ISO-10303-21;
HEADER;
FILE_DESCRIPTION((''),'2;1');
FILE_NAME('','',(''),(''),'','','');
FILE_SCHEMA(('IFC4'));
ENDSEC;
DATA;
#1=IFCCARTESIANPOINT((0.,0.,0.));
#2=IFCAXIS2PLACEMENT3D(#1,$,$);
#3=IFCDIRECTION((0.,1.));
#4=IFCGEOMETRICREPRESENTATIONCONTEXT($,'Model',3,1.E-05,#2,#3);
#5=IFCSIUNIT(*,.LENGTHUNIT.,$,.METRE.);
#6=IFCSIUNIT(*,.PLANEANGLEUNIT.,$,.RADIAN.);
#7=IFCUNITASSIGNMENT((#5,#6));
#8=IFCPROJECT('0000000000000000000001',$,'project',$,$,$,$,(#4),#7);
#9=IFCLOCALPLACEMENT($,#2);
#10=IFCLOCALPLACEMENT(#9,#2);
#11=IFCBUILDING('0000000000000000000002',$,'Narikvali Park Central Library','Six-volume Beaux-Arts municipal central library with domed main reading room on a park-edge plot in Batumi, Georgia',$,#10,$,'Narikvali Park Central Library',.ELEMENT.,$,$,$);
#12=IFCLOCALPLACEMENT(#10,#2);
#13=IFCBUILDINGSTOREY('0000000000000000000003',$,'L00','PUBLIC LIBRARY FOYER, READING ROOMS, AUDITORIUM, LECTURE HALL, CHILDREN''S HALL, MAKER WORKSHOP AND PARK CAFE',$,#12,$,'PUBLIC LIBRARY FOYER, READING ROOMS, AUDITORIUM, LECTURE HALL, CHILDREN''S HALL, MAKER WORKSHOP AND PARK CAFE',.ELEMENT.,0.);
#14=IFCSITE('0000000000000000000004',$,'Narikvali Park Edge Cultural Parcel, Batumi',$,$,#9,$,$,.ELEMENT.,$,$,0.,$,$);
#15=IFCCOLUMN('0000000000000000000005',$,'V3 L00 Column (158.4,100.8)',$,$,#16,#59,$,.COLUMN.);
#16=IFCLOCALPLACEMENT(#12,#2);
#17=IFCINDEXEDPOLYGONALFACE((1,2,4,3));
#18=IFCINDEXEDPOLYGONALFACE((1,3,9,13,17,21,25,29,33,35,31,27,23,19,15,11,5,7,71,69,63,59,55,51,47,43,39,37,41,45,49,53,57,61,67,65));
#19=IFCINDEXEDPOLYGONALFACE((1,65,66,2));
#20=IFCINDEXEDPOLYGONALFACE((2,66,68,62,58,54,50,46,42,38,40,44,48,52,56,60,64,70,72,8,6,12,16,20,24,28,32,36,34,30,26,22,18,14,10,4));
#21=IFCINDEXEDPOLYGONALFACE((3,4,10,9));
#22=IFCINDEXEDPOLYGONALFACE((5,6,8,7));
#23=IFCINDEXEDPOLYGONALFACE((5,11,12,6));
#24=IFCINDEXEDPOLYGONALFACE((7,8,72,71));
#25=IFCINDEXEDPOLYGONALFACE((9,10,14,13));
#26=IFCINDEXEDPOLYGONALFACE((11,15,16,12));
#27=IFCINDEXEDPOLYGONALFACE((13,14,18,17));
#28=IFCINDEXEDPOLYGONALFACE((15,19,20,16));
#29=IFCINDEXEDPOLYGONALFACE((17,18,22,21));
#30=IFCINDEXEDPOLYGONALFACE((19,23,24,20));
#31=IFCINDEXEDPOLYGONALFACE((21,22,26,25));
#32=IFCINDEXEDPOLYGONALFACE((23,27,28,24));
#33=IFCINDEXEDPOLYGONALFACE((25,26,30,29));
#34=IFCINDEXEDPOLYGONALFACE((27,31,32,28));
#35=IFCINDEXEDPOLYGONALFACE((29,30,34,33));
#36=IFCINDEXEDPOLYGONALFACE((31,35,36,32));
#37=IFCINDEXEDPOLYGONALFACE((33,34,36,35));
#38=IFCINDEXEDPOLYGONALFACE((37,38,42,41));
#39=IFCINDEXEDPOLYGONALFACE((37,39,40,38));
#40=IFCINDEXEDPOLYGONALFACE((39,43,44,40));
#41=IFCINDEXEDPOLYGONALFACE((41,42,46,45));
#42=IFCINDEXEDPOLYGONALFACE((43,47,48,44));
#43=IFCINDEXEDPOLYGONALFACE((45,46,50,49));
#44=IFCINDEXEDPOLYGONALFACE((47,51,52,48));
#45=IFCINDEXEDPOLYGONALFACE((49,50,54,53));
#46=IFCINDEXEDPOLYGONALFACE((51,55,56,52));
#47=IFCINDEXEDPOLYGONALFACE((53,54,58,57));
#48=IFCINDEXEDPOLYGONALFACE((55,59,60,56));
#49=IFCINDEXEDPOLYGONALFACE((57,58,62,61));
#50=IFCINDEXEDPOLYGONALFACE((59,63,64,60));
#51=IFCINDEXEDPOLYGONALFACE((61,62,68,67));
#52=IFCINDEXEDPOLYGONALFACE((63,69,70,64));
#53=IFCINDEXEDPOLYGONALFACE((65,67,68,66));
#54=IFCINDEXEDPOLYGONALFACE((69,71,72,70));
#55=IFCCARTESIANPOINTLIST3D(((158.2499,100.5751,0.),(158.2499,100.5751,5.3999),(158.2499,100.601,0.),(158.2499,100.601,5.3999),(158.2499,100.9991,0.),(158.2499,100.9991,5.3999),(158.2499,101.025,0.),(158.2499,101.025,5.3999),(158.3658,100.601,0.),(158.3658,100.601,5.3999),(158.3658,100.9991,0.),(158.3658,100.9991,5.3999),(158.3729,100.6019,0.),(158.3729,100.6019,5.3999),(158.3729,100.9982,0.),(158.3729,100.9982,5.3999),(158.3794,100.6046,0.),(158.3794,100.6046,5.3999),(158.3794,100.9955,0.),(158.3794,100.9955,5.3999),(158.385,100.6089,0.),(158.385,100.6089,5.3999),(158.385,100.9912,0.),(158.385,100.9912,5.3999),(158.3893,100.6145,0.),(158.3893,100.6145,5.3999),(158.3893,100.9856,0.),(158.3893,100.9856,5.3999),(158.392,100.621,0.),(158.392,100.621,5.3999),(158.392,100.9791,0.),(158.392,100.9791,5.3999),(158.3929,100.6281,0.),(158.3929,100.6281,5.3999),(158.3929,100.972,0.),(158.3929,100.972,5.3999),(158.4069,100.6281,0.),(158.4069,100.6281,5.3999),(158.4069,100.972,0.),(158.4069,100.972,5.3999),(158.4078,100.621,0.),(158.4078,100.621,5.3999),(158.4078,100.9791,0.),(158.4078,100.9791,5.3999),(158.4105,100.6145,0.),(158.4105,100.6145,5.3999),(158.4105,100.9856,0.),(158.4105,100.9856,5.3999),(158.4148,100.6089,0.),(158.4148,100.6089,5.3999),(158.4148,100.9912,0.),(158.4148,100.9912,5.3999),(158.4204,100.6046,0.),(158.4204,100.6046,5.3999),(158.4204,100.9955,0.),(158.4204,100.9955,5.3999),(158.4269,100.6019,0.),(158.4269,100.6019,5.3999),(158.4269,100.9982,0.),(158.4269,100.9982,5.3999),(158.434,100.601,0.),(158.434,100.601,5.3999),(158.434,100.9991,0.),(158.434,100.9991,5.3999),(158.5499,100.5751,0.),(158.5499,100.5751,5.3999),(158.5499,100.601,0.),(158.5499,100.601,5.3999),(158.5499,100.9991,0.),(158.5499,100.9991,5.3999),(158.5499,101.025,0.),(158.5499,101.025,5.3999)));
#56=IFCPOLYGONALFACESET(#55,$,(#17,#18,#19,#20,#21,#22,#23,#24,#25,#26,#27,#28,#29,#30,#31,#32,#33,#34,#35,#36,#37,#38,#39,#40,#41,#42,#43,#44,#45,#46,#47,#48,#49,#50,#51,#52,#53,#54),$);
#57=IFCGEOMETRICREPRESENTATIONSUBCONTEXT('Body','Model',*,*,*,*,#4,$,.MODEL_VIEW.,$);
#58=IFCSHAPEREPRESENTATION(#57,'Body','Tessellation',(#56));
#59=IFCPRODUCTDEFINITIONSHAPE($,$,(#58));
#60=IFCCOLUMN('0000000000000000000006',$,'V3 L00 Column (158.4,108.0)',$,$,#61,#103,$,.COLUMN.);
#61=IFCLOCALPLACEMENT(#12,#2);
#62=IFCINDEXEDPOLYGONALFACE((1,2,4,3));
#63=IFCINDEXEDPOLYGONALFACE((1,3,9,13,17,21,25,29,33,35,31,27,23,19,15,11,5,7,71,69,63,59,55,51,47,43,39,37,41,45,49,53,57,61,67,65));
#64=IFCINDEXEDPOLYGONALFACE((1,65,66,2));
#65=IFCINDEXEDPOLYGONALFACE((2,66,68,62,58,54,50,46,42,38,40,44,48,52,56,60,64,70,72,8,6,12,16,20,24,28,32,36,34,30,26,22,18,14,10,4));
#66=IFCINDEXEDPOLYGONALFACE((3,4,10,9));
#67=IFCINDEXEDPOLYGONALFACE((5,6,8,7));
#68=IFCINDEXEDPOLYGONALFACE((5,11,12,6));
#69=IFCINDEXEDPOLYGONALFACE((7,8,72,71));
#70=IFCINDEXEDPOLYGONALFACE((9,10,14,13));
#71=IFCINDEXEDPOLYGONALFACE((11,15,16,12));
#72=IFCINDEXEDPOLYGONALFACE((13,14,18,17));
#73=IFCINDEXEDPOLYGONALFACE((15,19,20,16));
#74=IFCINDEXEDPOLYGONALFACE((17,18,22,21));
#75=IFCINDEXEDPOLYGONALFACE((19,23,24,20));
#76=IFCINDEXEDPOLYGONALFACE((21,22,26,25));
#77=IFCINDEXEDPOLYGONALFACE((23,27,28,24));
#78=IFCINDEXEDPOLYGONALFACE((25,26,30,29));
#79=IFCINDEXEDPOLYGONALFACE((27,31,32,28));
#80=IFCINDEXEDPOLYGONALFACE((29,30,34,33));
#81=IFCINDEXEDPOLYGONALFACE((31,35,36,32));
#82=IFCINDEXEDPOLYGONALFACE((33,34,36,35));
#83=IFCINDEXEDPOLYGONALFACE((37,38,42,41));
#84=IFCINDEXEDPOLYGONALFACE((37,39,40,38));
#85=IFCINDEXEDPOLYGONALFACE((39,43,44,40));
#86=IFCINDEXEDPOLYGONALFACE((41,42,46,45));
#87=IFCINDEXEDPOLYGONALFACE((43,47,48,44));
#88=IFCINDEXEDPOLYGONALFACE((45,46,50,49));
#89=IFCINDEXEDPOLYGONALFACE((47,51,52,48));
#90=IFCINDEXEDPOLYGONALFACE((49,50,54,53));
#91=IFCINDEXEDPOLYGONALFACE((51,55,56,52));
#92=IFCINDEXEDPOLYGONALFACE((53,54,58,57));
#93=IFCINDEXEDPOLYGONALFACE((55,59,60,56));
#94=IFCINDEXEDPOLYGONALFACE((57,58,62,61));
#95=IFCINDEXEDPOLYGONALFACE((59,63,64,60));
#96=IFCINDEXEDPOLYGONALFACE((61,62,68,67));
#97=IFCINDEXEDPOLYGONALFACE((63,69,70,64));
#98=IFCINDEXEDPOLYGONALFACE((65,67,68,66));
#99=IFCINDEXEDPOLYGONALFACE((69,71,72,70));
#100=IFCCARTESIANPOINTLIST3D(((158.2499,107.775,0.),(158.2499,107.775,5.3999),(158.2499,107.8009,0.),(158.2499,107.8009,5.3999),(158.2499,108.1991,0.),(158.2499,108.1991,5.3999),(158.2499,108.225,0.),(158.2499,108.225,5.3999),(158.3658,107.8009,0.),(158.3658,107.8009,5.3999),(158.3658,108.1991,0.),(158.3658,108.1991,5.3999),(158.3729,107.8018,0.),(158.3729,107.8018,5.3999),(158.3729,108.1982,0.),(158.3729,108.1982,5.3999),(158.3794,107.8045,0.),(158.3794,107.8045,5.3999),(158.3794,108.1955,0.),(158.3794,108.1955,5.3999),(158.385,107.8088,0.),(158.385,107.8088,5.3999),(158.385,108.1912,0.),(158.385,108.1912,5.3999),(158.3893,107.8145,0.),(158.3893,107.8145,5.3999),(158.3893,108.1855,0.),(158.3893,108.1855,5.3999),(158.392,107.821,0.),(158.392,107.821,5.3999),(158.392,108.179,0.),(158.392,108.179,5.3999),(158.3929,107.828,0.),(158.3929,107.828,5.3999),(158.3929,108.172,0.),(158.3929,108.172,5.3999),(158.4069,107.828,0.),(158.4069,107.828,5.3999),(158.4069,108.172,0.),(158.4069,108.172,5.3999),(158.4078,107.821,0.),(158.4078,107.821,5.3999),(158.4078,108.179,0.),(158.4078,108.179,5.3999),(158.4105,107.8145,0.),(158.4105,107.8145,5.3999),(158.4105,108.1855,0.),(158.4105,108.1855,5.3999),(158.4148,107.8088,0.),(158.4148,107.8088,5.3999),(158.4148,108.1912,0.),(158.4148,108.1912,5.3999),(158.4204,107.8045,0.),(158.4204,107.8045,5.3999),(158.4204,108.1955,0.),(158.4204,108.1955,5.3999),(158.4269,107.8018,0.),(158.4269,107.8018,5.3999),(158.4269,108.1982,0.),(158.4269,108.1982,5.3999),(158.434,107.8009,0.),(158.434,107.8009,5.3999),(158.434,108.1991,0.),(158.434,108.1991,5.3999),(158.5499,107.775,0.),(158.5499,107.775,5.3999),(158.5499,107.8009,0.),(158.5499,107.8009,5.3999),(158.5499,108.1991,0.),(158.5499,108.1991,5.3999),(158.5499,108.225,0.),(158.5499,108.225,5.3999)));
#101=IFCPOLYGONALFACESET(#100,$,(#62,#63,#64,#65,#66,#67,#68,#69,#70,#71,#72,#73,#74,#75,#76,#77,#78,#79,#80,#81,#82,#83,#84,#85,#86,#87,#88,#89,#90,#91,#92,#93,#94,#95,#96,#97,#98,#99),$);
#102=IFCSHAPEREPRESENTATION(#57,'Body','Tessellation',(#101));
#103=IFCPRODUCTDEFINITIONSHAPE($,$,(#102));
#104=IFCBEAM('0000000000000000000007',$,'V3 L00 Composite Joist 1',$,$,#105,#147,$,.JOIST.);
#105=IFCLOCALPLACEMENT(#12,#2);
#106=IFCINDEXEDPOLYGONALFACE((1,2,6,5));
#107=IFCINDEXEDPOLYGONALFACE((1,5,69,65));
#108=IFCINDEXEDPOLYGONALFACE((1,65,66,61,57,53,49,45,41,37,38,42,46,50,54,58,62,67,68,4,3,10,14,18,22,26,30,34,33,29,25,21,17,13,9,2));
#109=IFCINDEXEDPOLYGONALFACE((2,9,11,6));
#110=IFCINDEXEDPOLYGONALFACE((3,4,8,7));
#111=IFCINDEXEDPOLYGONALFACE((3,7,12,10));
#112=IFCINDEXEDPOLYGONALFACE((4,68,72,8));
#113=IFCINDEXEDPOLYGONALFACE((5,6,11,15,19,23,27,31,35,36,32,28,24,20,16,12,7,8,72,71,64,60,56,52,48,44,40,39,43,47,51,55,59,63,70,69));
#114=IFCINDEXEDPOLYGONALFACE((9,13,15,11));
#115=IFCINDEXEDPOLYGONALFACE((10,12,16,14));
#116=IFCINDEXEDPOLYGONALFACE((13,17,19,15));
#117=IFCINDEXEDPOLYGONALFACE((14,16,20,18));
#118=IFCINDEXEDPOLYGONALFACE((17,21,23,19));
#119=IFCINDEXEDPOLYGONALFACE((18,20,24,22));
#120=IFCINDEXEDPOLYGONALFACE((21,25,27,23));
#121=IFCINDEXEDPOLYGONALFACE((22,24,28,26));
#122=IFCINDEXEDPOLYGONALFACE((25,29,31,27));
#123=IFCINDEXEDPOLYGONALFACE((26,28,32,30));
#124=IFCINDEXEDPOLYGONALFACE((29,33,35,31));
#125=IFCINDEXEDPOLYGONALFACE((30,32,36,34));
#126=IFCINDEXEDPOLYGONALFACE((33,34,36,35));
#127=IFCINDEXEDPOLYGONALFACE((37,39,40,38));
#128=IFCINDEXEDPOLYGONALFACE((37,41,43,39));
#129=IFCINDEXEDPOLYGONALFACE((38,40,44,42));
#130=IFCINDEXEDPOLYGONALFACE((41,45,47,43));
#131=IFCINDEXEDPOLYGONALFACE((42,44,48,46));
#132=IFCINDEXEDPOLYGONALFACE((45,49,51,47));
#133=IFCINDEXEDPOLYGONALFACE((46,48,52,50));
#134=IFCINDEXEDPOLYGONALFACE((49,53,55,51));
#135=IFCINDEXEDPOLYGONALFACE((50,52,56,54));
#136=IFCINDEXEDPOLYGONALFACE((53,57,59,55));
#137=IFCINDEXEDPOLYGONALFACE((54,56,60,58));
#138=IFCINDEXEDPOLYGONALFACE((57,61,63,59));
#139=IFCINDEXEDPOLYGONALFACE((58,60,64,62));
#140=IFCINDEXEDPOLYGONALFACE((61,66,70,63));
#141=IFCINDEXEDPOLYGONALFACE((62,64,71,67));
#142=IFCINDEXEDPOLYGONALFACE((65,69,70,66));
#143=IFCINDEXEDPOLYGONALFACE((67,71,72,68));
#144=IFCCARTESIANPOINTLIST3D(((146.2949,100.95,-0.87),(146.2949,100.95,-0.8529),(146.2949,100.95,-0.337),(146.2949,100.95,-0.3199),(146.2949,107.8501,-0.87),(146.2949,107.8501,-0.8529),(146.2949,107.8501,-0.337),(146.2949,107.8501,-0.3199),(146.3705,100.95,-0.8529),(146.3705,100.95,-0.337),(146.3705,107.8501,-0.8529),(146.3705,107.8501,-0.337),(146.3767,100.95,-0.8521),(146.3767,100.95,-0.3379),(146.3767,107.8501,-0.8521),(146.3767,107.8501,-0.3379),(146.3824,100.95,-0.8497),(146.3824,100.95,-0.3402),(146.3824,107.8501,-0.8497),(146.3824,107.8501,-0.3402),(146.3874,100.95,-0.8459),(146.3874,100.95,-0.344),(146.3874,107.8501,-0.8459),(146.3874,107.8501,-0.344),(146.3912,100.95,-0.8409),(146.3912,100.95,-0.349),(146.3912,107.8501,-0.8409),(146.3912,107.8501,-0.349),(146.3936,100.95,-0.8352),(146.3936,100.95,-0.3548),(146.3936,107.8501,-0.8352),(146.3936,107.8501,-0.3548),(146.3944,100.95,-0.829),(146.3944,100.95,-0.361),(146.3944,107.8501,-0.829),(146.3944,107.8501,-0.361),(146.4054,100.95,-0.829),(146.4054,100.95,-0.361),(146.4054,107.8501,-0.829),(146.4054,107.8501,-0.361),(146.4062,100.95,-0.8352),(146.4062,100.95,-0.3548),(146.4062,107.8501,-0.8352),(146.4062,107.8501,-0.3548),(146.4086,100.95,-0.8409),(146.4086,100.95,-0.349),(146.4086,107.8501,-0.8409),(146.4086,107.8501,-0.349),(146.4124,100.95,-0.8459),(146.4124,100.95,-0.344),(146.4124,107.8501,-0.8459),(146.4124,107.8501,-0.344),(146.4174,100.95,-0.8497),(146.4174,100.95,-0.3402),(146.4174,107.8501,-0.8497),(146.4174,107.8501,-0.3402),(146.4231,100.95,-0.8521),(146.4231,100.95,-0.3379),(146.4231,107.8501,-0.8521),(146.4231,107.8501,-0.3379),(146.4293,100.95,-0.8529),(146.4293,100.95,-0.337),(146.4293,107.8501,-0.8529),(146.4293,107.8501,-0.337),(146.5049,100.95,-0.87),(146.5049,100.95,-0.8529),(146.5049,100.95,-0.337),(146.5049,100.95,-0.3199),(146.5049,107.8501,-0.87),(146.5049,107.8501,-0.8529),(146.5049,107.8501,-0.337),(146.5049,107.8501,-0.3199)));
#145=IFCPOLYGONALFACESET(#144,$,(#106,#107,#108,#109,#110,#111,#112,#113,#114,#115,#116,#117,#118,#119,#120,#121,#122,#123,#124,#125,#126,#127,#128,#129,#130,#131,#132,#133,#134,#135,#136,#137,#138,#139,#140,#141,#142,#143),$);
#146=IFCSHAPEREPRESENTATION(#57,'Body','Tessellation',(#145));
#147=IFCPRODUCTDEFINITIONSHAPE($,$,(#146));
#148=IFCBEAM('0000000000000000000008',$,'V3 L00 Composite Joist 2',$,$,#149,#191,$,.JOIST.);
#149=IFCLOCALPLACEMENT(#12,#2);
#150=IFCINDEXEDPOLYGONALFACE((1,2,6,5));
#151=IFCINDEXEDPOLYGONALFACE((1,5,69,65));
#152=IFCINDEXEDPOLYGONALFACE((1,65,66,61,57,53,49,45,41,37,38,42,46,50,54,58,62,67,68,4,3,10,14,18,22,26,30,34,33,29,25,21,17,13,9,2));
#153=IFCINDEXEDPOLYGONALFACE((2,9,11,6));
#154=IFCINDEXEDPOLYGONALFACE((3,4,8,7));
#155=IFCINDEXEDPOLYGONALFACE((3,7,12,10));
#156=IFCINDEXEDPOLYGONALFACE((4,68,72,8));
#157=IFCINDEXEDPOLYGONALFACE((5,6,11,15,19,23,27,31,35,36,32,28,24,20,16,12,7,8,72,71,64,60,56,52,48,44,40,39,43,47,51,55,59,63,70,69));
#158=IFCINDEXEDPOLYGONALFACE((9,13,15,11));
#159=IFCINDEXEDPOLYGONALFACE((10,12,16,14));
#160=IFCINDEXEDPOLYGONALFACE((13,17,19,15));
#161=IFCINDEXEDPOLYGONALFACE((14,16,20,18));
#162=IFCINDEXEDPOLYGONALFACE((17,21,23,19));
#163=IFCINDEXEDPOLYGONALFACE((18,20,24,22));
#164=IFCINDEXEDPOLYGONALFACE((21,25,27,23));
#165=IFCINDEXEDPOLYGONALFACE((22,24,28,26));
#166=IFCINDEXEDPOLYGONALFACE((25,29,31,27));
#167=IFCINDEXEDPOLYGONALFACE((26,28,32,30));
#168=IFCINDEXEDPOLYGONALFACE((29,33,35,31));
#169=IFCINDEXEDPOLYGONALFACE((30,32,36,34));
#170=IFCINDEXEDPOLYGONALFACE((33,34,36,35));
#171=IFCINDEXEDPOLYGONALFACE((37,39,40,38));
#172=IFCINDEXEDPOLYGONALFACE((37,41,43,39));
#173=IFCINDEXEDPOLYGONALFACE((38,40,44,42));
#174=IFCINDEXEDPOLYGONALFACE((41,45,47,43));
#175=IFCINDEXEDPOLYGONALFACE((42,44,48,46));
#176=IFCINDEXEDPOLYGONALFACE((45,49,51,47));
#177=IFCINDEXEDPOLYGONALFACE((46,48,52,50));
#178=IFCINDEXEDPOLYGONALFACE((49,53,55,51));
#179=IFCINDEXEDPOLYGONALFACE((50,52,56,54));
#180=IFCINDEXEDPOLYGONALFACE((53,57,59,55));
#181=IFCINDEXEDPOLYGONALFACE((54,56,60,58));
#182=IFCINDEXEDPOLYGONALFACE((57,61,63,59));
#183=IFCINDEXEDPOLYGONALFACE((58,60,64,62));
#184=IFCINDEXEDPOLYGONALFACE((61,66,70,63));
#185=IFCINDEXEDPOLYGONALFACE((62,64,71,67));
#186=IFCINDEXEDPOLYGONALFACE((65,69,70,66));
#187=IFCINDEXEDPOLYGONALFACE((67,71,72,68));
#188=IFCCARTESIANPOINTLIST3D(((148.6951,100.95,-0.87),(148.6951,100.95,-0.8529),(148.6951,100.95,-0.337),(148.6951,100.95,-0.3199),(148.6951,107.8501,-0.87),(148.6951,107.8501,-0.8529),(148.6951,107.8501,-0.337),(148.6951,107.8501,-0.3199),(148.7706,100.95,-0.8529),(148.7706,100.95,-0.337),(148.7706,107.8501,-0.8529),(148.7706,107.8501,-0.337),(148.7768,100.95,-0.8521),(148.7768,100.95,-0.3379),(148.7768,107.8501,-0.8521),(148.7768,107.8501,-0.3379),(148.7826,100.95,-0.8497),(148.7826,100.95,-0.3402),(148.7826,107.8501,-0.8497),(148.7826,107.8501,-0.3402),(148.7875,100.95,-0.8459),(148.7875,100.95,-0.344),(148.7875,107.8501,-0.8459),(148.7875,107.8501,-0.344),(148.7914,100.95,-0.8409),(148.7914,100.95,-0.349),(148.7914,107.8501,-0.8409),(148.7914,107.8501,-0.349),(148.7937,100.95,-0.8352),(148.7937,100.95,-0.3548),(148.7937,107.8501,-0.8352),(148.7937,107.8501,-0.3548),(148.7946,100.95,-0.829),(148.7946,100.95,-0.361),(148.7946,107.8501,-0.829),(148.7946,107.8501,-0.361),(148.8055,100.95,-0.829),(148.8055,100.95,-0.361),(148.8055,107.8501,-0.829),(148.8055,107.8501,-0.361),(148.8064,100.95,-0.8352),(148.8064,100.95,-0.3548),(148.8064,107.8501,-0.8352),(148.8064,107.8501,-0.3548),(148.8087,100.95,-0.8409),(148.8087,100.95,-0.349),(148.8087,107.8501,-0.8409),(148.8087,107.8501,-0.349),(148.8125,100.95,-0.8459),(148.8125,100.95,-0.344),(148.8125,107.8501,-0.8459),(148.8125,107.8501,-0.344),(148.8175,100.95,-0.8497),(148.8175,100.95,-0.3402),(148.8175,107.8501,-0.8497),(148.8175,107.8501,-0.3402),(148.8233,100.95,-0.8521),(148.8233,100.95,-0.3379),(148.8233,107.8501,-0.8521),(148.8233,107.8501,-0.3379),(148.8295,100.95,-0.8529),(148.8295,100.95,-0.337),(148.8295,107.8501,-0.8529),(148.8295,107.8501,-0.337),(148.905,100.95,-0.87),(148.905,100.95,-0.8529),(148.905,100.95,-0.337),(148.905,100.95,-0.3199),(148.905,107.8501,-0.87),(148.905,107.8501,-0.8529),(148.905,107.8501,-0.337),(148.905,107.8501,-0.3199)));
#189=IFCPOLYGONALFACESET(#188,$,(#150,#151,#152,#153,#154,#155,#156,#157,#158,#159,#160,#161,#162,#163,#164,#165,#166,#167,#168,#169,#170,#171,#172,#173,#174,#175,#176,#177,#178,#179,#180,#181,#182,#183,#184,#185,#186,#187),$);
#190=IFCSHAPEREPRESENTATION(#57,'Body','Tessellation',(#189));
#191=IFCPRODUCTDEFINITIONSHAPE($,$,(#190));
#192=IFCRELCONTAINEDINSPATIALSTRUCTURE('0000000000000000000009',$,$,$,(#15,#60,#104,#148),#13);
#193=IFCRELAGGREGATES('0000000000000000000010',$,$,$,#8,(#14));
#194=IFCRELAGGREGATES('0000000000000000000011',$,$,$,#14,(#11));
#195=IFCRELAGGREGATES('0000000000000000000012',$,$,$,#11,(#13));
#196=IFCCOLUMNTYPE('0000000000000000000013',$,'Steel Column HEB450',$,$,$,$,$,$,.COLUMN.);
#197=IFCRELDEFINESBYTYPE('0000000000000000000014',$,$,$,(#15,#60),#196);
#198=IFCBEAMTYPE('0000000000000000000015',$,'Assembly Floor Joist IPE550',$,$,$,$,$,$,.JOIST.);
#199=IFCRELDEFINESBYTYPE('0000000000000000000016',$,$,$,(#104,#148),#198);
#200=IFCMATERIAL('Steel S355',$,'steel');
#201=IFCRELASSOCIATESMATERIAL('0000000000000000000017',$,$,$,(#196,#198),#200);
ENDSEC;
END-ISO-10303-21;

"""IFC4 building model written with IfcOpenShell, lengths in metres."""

from ifc_helpers import new_model, si_unit, direction, frame, origin, origin_2d, place, context, subcontext, project, spatial, i_section, extrude, material, material_profile, profile_set, type_object, element, save


model = new_model("IFC4")

# Units and contexts
model_context = context("Model", 3, precision=1e-05, world=origin(), true_north=direction((0.0, 1.0)))
body_context = subcontext(model_context, "Body", "Model", "MODEL_VIEW")
ifc_project = project(units=[si_unit("LENGTHUNIT", "METRE"), si_unit("PLANEANGLEUNIT", "RADIAN")], contexts=[model_context])

# Site, building, storey
site_placement = place(None, origin())
site = spatial("IfcSite", under=ifc_project, at=site_placement, Name="Narikvali Park Edge Cultural Parcel, Batumi", CompositionType="ELEMENT", RefElevation=0.0)
building_placement = place(site_placement, origin())
building = spatial("IfcBuilding", under=site, at=building_placement, Name="Narikvali Park Central Library", Description="Six-volume Beaux-Arts municipal central library with domed main reading room on a park-edge plot in Batumi, Georgia", LongName="Narikvali Park Central Library", CompositionType="ELEMENT")
storey_placement = place(building_placement, origin())
storey = spatial("IfcBuildingStorey", under=building, at=storey_placement, Name="L00", Description="PUBLIC LIBRARY FOYER, READING ROOMS, AUDITORIUM, LECTURE HALL, CHILDREN'S HALL, MAKER WORKSHOP AND PARK CAFE", LongName="PUBLIC LIBRARY FOYER, READING ROOMS, AUDITORIUM, LECTURE HALL, CHILDREN'S HALL, MAKER WORKSHOP AND PARK CAFE", CompositionType="ELEMENT", Elevation=0.0)

# Columns
ifc_material_1 = material(Name="Steel S355", Category="steel")
ifc_material_profile_1 = material_profile(ifc_material_1, i_section(OverallWidth=0.3, OverallDepth=0.45, WebThickness=0.0139, FlangeThickness=0.0259, FilletRadius=0.0271, at=origin_2d()), Name="HEB 450")
ifc_profile_set_1 = profile_set([ifc_material_profile_1], Name="Steel S355")
column_type = type_object("IfcColumnType", Name="Steel Column HEB450", PredefinedType="COLUMN", material=ifc_profile_set_1)
for number, where, z_axis, x_axis, name in (
    (1, (158.3999, 100.8, 0.0), (0.0, 0.0, 1.0), (1.0, 0.0, 0.0), "V3 L00 Column (158.4,100.8)"),
    (2, (158.3999, 108.0, 0.0), (0.0, 0.0, 1.0), (1.0, 0.0, 0.0), "V3 L00 Column (158.4,108.0)"),
):
    element("IfcColumn", number, at=place(storey_placement, frame(where, z_axis=z_axis, x_axis=x_axis)), inside=storey, type_object=column_type, Name=name, PredefinedType="COLUMN", context=body_context, shape_type="SweptSolid", body=[
        extrude(i_section(OverallWidth=0.3, OverallDepth=0.45, WebThickness=0.0139, FlangeThickness=0.0259, FilletRadius=0.0271, at=origin_2d()), origin(), (0.0, 0.0, 1.0), 5.3999),
    ])

# Beams
ifc_material_profile_2 = material_profile(ifc_material_1, i_section(OverallWidth=0.21, OverallDepth=0.55, WebThickness=0.011, FlangeThickness=0.0171, FilletRadius=0.0239, at=origin_2d()), Name="IPE 550")
ifc_profile_set_2 = profile_set([ifc_material_profile_2], Name="Steel S355")
beam_type_1 = type_object("IfcBeamType", Name="Assembly Floor Joist IPE550", PredefinedType="JOIST", material=ifc_profile_set_2)
for number, where, z_axis, x_axis, name in (
    (3, (146.3999, 100.95, -0.595), (0.0, 1.0, 0.0), (-1.0, 0.0, 0.0), "V3 L00 Composite Joist 1"),
    (4, (148.8, 100.95, -0.595), (0.0, 1.0, 0.0), (-1.0, 0.0, 0.0), "V3 L00 Composite Joist 2"),
):
    element("IfcBeam", number, at=place(storey_placement, frame(where, z_axis=z_axis, x_axis=x_axis)), inside=storey, type_object=beam_type_1, Name=name, PredefinedType="JOIST", context=body_context, shape_type="SweptSolid", body=[
        extrude(i_section(OverallWidth=0.21, OverallDepth=0.55, WebThickness=0.011, FlangeThickness=0.0171, FilletRadius=0.0239, at=origin_2d()), origin(), (0.0, 0.0, 1.0), 6.9001),
    ])

save(model, "model.ifc")
